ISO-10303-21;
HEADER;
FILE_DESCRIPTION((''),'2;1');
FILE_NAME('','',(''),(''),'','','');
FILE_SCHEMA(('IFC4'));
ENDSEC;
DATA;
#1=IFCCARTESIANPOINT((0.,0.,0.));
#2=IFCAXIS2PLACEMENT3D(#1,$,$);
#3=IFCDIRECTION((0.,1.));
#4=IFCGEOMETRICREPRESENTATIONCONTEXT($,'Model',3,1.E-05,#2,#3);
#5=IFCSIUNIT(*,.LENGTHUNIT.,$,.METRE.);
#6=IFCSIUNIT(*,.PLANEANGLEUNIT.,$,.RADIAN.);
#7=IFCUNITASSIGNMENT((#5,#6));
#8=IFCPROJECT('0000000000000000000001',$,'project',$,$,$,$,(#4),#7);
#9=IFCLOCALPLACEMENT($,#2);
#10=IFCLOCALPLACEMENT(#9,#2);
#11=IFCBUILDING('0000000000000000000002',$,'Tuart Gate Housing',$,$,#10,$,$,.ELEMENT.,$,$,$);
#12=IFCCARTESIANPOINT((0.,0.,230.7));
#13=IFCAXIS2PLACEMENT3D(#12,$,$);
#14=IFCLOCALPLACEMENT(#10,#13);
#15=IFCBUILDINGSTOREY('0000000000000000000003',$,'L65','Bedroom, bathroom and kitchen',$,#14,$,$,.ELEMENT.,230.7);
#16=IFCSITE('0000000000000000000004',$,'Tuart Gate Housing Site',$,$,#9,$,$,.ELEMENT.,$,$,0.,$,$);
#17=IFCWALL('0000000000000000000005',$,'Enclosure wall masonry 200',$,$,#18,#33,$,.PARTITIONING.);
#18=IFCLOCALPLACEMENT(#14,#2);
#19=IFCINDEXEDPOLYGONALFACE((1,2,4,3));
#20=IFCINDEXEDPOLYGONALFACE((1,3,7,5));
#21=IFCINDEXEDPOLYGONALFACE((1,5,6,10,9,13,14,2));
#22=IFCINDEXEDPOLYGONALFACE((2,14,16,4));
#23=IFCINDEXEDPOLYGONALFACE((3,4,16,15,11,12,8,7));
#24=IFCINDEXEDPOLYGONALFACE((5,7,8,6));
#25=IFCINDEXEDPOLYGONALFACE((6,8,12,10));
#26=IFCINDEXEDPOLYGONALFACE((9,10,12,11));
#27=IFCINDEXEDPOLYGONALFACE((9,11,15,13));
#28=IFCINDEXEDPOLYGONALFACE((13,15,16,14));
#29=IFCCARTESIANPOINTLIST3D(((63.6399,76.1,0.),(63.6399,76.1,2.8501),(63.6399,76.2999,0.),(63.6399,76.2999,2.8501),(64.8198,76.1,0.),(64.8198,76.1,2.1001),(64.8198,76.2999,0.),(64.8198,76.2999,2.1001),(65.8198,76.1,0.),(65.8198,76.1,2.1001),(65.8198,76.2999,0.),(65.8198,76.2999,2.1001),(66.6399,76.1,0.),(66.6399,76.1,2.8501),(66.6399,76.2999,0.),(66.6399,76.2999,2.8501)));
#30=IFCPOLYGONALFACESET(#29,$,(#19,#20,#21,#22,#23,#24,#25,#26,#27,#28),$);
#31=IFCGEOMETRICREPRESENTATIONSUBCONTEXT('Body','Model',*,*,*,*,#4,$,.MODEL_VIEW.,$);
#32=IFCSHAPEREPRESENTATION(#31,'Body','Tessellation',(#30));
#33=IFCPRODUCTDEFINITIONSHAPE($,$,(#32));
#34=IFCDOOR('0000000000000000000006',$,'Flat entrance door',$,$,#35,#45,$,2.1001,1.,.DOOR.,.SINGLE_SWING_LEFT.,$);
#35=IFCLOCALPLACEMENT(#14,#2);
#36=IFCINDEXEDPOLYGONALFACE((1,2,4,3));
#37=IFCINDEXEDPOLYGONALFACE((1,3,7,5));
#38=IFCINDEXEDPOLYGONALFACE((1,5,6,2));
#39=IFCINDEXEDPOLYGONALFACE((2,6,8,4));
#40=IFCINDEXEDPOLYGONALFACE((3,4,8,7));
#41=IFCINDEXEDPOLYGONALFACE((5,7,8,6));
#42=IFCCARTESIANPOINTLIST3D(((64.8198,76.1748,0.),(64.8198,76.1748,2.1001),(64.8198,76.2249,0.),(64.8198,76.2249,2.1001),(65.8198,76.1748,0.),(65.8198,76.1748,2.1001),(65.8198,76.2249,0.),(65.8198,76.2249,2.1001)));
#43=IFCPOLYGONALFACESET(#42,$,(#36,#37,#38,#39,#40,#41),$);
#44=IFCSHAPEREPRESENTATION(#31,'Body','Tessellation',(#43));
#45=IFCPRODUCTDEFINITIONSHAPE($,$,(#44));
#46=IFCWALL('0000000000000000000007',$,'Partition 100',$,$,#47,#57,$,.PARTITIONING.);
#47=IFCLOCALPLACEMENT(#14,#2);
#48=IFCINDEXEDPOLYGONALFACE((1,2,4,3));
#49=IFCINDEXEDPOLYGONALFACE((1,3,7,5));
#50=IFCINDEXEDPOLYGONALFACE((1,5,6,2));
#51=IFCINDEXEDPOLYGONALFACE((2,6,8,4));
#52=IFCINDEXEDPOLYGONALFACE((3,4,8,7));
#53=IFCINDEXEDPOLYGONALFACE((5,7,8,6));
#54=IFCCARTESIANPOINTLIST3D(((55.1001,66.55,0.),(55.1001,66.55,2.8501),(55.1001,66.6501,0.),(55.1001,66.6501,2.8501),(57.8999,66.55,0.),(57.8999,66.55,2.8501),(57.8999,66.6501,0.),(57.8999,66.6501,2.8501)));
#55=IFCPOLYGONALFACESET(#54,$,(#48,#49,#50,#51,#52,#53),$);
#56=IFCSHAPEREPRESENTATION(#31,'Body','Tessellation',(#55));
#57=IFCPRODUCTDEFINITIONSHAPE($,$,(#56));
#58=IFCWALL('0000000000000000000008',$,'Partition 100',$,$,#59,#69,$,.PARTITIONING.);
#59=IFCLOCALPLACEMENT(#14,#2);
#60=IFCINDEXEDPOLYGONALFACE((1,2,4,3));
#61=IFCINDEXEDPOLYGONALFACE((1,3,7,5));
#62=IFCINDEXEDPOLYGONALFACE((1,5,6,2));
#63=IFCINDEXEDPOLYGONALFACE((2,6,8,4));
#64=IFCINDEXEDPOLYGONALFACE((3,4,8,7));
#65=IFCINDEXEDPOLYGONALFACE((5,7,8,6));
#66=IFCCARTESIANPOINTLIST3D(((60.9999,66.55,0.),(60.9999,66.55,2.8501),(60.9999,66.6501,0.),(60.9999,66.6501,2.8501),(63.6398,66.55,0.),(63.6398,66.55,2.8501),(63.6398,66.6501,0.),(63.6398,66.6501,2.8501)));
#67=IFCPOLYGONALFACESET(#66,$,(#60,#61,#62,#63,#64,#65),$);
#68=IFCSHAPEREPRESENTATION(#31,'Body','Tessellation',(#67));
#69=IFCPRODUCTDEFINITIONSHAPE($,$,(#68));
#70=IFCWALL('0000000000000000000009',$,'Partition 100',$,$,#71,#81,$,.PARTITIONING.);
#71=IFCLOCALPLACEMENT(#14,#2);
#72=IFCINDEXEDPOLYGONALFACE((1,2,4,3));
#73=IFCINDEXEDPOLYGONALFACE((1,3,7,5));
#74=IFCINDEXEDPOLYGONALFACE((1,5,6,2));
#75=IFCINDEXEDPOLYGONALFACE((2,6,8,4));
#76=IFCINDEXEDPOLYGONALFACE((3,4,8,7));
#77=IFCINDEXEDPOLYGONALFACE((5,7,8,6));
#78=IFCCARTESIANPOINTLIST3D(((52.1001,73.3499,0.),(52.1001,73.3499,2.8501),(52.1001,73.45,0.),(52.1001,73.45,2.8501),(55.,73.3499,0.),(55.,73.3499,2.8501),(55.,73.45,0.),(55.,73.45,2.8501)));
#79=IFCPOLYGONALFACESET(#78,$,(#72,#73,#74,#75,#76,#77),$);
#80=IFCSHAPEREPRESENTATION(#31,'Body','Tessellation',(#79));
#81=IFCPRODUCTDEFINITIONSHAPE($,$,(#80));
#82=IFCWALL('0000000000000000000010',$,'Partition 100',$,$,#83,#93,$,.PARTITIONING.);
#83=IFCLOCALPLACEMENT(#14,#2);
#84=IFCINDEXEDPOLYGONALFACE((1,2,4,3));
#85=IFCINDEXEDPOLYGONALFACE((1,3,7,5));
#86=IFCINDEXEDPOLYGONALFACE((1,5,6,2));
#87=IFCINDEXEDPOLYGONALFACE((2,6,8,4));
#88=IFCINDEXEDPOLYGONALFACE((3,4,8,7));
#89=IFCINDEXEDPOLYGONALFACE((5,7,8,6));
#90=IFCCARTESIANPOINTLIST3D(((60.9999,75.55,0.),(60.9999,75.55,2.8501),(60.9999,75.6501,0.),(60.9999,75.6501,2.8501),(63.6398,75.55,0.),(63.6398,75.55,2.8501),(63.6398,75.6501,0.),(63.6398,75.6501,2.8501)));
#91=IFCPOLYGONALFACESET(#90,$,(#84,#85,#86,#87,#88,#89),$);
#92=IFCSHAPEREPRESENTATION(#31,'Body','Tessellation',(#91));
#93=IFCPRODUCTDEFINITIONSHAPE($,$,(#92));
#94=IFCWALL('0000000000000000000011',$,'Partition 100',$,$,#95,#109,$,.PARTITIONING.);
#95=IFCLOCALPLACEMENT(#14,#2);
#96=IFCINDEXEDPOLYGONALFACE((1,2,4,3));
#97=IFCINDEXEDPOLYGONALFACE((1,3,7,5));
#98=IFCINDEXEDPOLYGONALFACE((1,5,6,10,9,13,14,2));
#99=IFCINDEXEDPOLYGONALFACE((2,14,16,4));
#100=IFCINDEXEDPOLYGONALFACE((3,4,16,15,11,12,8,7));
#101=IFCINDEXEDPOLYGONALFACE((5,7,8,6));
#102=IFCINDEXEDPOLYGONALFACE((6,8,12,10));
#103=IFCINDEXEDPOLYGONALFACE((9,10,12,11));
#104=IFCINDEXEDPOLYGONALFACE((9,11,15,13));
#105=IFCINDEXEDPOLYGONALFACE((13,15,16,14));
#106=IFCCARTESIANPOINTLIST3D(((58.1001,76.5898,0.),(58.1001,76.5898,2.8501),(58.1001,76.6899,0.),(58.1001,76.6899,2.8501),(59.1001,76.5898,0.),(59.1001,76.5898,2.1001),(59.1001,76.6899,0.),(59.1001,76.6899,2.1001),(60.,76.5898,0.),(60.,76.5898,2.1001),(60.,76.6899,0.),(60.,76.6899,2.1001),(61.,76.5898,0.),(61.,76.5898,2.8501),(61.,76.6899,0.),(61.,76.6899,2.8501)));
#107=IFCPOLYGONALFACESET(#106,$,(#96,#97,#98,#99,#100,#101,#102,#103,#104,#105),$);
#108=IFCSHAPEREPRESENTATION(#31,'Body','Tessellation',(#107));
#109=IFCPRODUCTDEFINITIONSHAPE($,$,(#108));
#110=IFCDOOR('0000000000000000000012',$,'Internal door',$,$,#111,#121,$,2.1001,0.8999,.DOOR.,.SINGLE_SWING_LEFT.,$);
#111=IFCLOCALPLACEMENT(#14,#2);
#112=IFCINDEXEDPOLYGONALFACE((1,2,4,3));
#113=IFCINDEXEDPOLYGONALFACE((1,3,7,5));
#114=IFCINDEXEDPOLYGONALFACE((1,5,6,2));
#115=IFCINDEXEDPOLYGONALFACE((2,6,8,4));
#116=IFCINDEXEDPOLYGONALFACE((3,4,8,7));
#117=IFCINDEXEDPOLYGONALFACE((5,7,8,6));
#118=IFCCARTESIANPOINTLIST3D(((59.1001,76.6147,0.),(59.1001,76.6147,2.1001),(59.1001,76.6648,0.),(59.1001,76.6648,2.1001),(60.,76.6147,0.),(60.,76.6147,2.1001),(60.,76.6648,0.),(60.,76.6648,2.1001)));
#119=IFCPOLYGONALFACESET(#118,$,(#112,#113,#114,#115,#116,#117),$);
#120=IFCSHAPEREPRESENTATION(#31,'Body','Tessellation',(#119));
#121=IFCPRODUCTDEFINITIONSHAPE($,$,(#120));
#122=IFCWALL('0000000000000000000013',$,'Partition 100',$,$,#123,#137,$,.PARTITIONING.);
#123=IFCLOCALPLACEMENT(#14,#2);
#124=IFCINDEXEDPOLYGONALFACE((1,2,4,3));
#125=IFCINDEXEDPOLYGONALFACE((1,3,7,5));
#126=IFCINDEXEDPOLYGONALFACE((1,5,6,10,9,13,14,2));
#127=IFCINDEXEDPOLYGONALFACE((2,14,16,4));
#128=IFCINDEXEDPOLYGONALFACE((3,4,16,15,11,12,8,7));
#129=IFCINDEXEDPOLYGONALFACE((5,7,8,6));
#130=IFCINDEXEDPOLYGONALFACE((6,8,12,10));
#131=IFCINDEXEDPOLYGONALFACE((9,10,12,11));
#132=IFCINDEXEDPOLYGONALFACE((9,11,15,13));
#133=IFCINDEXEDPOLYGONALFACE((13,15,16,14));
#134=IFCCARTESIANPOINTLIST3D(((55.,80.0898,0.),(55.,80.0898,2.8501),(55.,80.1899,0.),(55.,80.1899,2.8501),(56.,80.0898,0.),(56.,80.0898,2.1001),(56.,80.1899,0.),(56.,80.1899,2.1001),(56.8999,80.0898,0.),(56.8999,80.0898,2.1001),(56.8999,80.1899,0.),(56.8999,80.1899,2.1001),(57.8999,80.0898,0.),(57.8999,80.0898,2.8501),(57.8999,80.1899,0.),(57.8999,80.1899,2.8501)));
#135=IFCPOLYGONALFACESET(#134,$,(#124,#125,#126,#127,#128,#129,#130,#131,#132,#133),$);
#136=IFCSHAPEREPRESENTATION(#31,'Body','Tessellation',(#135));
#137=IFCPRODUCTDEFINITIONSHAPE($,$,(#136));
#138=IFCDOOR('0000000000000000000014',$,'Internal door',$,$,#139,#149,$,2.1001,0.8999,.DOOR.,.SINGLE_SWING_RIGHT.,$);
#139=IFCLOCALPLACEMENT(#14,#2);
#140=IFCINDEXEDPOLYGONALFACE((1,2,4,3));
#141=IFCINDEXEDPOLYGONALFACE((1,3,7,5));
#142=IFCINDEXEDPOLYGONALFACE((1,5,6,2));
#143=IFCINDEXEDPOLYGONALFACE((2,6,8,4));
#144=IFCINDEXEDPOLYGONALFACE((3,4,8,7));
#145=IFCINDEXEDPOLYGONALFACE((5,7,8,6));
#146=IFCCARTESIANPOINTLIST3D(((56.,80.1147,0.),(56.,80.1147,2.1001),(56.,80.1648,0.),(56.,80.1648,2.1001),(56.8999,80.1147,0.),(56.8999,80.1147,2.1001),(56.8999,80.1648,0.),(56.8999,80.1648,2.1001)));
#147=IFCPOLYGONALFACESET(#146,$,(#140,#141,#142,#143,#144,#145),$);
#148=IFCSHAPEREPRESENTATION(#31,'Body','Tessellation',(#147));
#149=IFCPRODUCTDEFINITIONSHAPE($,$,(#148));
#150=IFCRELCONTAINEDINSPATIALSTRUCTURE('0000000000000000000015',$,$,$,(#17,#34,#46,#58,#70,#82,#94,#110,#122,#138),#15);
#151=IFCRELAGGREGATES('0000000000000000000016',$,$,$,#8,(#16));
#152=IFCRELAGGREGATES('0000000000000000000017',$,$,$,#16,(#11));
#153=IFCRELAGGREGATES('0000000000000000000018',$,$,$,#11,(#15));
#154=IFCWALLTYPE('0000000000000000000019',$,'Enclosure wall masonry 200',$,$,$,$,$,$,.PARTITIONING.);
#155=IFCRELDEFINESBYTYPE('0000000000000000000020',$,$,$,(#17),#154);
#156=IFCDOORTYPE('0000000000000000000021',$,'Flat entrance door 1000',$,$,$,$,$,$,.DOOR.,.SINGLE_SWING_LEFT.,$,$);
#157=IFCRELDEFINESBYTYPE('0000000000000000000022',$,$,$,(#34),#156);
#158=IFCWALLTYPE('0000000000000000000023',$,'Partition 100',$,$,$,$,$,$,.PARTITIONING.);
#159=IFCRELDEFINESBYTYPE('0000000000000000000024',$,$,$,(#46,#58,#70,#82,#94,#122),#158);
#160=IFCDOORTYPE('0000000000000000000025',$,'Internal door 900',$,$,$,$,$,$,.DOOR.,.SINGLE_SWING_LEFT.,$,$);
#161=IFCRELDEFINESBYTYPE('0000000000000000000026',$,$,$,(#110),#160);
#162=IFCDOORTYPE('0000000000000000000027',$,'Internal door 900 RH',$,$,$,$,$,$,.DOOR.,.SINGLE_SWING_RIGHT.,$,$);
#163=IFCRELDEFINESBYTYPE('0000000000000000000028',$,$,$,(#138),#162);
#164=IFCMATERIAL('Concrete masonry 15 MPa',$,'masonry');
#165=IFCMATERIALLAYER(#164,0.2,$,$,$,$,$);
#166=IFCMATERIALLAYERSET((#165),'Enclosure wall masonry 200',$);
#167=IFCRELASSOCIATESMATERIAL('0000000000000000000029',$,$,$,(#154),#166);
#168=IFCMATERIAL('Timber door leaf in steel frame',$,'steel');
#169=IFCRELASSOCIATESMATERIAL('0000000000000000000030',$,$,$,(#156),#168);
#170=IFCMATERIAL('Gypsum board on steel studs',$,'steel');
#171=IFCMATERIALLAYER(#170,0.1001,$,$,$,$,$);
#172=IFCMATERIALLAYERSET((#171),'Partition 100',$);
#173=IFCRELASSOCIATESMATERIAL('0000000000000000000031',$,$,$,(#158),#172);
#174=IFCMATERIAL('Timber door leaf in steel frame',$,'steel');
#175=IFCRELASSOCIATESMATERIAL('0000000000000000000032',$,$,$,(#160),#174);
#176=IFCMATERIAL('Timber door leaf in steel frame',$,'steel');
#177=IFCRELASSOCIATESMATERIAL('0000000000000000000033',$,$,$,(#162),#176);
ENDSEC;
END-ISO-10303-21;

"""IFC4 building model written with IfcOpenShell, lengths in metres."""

from ifc_helpers import new_model, si_unit, direction, frame, frame_2d, origin, place, context, subcontext, project, spatial, rectangle, extrude, material, layer, layer_set, type_object, element, fill, save


model = new_model("IFC4")

# Units and contexts
model_context = context("Model", 3, precision=1e-05, world=origin(), true_north=direction((0.0, 1.0)))
body_context = subcontext(model_context, "Body", "Model", "MODEL_VIEW")
ifc_project = project(units=[si_unit("LENGTHUNIT", "METRE"), si_unit("PLANEANGLEUNIT", "RADIAN")], contexts=[model_context])

# Site, building, storey
site_placement = place(None, origin())
site = spatial("IfcSite", under=ifc_project, at=site_placement, Name="Tuart Gate Housing Site", CompositionType="ELEMENT", RefElevation=0.0)
building_placement = place(site_placement, origin())
building = spatial("IfcBuilding", under=site, at=building_placement, Name="Tuart Gate Housing", CompositionType="ELEMENT")
storey_placement = place(building_placement, frame((0.0, 0.0, 230.7)))
storey = spatial("IfcBuildingStorey", under=building, at=storey_placement, Name="L65", Description="Bedroom, bathroom and kitchen", CompositionType="ELEMENT", Elevation=230.7)

# Wall, opening, door
ifc_material_1 = material(Name="Concrete masonry 15 MPa", Category="masonry")
ifc_layer_1 = layer(ifc_material_1, 0.2)
ifc_layer_set_1 = layer_set([ifc_layer_1], Name="Enclosure wall masonry 200")
wall_type_1 = type_object("IfcWallType", Name="Enclosure wall masonry 200", PredefinedType="PARTITIONING", material=ifc_layer_set_1)
wall_1_placement = place(storey_placement, frame((63.6399, 76.2, 0.0), z_axis=(0.0, 0.0, 1.0), x_axis=(1.0, 0.0, 0.0)))
wall_1 = element("IfcWall", 1, at=wall_1_placement, inside=storey, type_object=wall_type_1, Name="Enclosure wall masonry 200", PredefinedType="PARTITIONING", context=body_context, shape_type="SweptSolid", body=[
    extrude(rectangle(XDim=3.0, YDim=0.2, at=frame_2d((1.5, 0.0))), origin(), (0.0, 0.0, 1.0), 2.8501),
])
opening_1_placement = place(wall_1_placement, frame((1.1799, 0.0, 0.0)))
opening_1 = element("IfcOpeningElement", 2, at=opening_1_placement, cuts=wall_1, PredefinedType="OPENING", context=body_context, shape_type="SweptSolid", body=[
    extrude(rectangle(XDim=1.0, YDim=2.1001, at=frame_2d((0.5, 1.05))), frame((0.0, 0.1099, 0.0), z_axis=(0.0, -1.0, 0.0), x_axis=(1.0, 0.0, 0.0)), (0.0, 0.0, 1.0), 0.22),
])
ifc_material_2 = material(Name="Timber door leaf in steel frame", Category="steel")
door_type_1 = type_object("IfcDoorType", Name="Flat entrance door 1000", OperationType="SINGLE_SWING_LEFT", PredefinedType="DOOR", material=ifc_material_2)
door_1_placement = place(opening_1_placement, origin())
door_1 = element("IfcDoor", 3, at=door_1_placement, inside=storey, type_object=door_type_1, Name="Flat entrance door", OperationType="SINGLE_SWING_LEFT", OverallHeight=2.1001, OverallWidth=1.0, PredefinedType="DOOR", context=body_context, shape_type="SweptSolid", body=[
    extrude(rectangle(XDim=1.0, YDim=2.1001, at=frame_2d((0.5, 1.05))), frame((0.0, 0.0249, 0.0), z_axis=(0.0, -1.0, 0.0), x_axis=(1.0, 0.0, 0.0)), (0.0, 0.0, 1.0), 0.05),
])
fill(opening_1, door_1)

# Walls
ifc_material_3 = material(Name="Gypsum board on steel studs", Category="steel")
ifc_layer_2 = layer(ifc_material_3, 0.1001)
ifc_layer_set_2 = layer_set([ifc_layer_2], Name="Partition 100")
wall_type_2 = type_object("IfcWallType", Name="Partition 100", PredefinedType="PARTITIONING", material=ifc_layer_set_2)
wall_2_placement = place(storey_placement, frame((55.1001, 66.6001, 0.0), z_axis=(0.0, 0.0, 1.0), x_axis=(1.0, 0.0, 0.0)))
element("IfcWall", 4, at=wall_2_placement, inside=storey, type_object=wall_type_2, Name="Partition 100", PredefinedType="PARTITIONING", context=body_context, shape_type="SweptSolid", body=[
    extrude(rectangle(XDim=2.7998, YDim=0.1001, at=frame_2d((1.3999, 0.0))), origin(), (0.0, 0.0, 1.0), 2.8501),
])
wall_3_placement = place(storey_placement, frame((61.0, 66.6001, 0.0), z_axis=(0.0, 0.0, 1.0), x_axis=(1.0, 0.0, 0.0)))
element("IfcWall", 5, at=wall_3_placement, inside=storey, type_object=wall_type_2, Name="Partition 100", PredefinedType="PARTITIONING", context=body_context, shape_type="SweptSolid", body=[
    extrude(rectangle(XDim=2.6399, YDim=0.1001, at=frame_2d((1.3198, 0.0))), origin(), (0.0, 0.0, 1.0), 2.8501),
])
wall_4_placement = place(storey_placement, frame((52.1001, 73.3999, 0.0), z_axis=(0.0, 0.0, 1.0), x_axis=(1.0, 0.0, 0.0)))
element("IfcWall", 6, at=wall_4_placement, inside=storey, type_object=wall_type_2, Name="Partition 100", PredefinedType="PARTITIONING", context=body_context, shape_type="SweptSolid", body=[
    extrude(rectangle(XDim=2.8999, YDim=0.1001, at=frame_2d((1.45, 0.0))), origin(), (0.0, 0.0, 1.0), 2.8501),
])
wall_5_placement = place(storey_placement, frame((61.0, 75.6001, 0.0), z_axis=(0.0, 0.0, 1.0), x_axis=(1.0, 0.0, 0.0)))
element("IfcWall", 7, at=wall_5_placement, inside=storey, type_object=wall_type_2, Name="Partition 100", PredefinedType="PARTITIONING", context=body_context, shape_type="SweptSolid", body=[
    extrude(rectangle(XDim=2.6399, YDim=0.1001, at=frame_2d((1.3198, 0.0))), origin(), (0.0, 0.0, 1.0), 2.8501),
])

# Walls, openings, doors
wall_6_placement = place(storey_placement, frame((58.1001, 76.6399, 0.0), z_axis=(0.0, 0.0, 1.0), x_axis=(1.0, 0.0, 0.0)))
wall_6 = element("IfcWall", 8, at=wall_6_placement, inside=storey, type_object=wall_type_2, Name="Partition 100", PredefinedType="PARTITIONING", context=body_context, shape_type="SweptSolid", body=[
    extrude(rectangle(XDim=2.8999, YDim=0.1001, at=frame_2d((1.45, 0.0))), origin(), (0.0, 0.0, 1.0), 2.8501),
])
opening_2_placement = place(wall_6_placement, frame((1.0, 0.0, 0.0)))
opening_2 = element("IfcOpeningElement", 9, at=opening_2_placement, cuts=wall_6, PredefinedType="OPENING", context=body_context, shape_type="SweptSolid", body=[
    extrude(rectangle(XDim=0.8999, YDim=2.1001, at=frame_2d((0.45, 1.05))), frame((0.0, 0.0601, 0.0), z_axis=(0.0, -1.0, 0.0), x_axis=(1.0, 0.0, 0.0)), (0.0, 0.0, 1.0), 0.1201),
])
ifc_material_4 = material(Name="Timber door leaf in steel frame", Category="steel")
door_type_2 = type_object("IfcDoorType", Name="Internal door 900", OperationType="SINGLE_SWING_LEFT", PredefinedType="DOOR", material=ifc_material_4)
door_2_placement = place(opening_2_placement, frame((0.8999, 0.0, 0.0), z_axis=(0.0, 0.0, 1.0), x_axis=(-1.0, 0.0, 0.0)))
door_2 = element("IfcDoor", 10, at=door_2_placement, inside=storey, type_object=door_type_2, Name="Internal door", OperationType="SINGLE_SWING_LEFT", OverallHeight=2.1001, OverallWidth=0.8999, PredefinedType="DOOR", context=body_context, shape_type="SweptSolid", body=[
    extrude(rectangle(XDim=0.8999, YDim=2.1001, at=frame_2d((0.45, 1.05))), frame((0.0, 0.0251, 0.0), z_axis=(0.0, -1.0, 0.0), x_axis=(1.0, 0.0, 0.0)), (0.0, 0.0, 1.0), 0.05),
])
fill(opening_2, door_2)
wall_7_placement = place(storey_placement, frame((55.0, 80.1399, 0.0), z_axis=(0.0, 0.0, 1.0), x_axis=(1.0, 0.0, 0.0)))
wall_7 = element("IfcWall", 11, at=wall_7_placement, inside=storey, type_object=wall_type_2, Name="Partition 100", PredefinedType="PARTITIONING", context=body_context, shape_type="SweptSolid", body=[
    extrude(rectangle(XDim=2.8999, YDim=0.1001, at=frame_2d((1.45, 0.0))), origin(), (0.0, 0.0, 1.0), 2.8501),
])
opening_3_placement = place(wall_7_placement, frame((1.0, 0.0, 0.0)))
opening_3 = element("IfcOpeningElement", 12, at=opening_3_placement, cuts=wall_7, PredefinedType="OPENING", context=body_context, shape_type="SweptSolid", body=[
    extrude(rectangle(XDim=0.8999, YDim=2.1001, at=frame_2d((0.45, 1.05))), frame((0.0, 0.0601, 0.0), z_axis=(0.0, -1.0, 0.0), x_axis=(1.0, 0.0, 0.0)), (0.0, 0.0, 1.0), 0.1201),
])
ifc_material_5 = material(Name="Timber door leaf in steel frame", Category="steel")
door_type_3 = type_object("IfcDoorType", Name="Internal door 900 RH", OperationType="SINGLE_SWING_RIGHT", PredefinedType="DOOR", material=ifc_material_5)
door_3_placement = place(opening_3_placement, frame((0.8999, 0.0, 0.0), z_axis=(0.0, 0.0, 1.0), x_axis=(-1.0, 0.0, 0.0)))
door_3 = element("IfcDoor", 13, at=door_3_placement, inside=storey, type_object=door_type_3, Name="Internal door", OperationType="SINGLE_SWING_RIGHT", OverallHeight=2.1001, OverallWidth=0.8999, PredefinedType="DOOR", context=body_context, shape_type="SweptSolid", body=[
    extrude(rectangle(XDim=0.8999, YDim=2.1001, at=frame_2d((0.45, 1.05))), frame((0.0, 0.0251, 0.0), z_axis=(0.0, -1.0, 0.0), x_axis=(1.0, 0.0, 0.0)), (0.0, 0.0, 1.0), 0.05),
])
fill(opening_3, door_3)

save(model, "model.ifc")
